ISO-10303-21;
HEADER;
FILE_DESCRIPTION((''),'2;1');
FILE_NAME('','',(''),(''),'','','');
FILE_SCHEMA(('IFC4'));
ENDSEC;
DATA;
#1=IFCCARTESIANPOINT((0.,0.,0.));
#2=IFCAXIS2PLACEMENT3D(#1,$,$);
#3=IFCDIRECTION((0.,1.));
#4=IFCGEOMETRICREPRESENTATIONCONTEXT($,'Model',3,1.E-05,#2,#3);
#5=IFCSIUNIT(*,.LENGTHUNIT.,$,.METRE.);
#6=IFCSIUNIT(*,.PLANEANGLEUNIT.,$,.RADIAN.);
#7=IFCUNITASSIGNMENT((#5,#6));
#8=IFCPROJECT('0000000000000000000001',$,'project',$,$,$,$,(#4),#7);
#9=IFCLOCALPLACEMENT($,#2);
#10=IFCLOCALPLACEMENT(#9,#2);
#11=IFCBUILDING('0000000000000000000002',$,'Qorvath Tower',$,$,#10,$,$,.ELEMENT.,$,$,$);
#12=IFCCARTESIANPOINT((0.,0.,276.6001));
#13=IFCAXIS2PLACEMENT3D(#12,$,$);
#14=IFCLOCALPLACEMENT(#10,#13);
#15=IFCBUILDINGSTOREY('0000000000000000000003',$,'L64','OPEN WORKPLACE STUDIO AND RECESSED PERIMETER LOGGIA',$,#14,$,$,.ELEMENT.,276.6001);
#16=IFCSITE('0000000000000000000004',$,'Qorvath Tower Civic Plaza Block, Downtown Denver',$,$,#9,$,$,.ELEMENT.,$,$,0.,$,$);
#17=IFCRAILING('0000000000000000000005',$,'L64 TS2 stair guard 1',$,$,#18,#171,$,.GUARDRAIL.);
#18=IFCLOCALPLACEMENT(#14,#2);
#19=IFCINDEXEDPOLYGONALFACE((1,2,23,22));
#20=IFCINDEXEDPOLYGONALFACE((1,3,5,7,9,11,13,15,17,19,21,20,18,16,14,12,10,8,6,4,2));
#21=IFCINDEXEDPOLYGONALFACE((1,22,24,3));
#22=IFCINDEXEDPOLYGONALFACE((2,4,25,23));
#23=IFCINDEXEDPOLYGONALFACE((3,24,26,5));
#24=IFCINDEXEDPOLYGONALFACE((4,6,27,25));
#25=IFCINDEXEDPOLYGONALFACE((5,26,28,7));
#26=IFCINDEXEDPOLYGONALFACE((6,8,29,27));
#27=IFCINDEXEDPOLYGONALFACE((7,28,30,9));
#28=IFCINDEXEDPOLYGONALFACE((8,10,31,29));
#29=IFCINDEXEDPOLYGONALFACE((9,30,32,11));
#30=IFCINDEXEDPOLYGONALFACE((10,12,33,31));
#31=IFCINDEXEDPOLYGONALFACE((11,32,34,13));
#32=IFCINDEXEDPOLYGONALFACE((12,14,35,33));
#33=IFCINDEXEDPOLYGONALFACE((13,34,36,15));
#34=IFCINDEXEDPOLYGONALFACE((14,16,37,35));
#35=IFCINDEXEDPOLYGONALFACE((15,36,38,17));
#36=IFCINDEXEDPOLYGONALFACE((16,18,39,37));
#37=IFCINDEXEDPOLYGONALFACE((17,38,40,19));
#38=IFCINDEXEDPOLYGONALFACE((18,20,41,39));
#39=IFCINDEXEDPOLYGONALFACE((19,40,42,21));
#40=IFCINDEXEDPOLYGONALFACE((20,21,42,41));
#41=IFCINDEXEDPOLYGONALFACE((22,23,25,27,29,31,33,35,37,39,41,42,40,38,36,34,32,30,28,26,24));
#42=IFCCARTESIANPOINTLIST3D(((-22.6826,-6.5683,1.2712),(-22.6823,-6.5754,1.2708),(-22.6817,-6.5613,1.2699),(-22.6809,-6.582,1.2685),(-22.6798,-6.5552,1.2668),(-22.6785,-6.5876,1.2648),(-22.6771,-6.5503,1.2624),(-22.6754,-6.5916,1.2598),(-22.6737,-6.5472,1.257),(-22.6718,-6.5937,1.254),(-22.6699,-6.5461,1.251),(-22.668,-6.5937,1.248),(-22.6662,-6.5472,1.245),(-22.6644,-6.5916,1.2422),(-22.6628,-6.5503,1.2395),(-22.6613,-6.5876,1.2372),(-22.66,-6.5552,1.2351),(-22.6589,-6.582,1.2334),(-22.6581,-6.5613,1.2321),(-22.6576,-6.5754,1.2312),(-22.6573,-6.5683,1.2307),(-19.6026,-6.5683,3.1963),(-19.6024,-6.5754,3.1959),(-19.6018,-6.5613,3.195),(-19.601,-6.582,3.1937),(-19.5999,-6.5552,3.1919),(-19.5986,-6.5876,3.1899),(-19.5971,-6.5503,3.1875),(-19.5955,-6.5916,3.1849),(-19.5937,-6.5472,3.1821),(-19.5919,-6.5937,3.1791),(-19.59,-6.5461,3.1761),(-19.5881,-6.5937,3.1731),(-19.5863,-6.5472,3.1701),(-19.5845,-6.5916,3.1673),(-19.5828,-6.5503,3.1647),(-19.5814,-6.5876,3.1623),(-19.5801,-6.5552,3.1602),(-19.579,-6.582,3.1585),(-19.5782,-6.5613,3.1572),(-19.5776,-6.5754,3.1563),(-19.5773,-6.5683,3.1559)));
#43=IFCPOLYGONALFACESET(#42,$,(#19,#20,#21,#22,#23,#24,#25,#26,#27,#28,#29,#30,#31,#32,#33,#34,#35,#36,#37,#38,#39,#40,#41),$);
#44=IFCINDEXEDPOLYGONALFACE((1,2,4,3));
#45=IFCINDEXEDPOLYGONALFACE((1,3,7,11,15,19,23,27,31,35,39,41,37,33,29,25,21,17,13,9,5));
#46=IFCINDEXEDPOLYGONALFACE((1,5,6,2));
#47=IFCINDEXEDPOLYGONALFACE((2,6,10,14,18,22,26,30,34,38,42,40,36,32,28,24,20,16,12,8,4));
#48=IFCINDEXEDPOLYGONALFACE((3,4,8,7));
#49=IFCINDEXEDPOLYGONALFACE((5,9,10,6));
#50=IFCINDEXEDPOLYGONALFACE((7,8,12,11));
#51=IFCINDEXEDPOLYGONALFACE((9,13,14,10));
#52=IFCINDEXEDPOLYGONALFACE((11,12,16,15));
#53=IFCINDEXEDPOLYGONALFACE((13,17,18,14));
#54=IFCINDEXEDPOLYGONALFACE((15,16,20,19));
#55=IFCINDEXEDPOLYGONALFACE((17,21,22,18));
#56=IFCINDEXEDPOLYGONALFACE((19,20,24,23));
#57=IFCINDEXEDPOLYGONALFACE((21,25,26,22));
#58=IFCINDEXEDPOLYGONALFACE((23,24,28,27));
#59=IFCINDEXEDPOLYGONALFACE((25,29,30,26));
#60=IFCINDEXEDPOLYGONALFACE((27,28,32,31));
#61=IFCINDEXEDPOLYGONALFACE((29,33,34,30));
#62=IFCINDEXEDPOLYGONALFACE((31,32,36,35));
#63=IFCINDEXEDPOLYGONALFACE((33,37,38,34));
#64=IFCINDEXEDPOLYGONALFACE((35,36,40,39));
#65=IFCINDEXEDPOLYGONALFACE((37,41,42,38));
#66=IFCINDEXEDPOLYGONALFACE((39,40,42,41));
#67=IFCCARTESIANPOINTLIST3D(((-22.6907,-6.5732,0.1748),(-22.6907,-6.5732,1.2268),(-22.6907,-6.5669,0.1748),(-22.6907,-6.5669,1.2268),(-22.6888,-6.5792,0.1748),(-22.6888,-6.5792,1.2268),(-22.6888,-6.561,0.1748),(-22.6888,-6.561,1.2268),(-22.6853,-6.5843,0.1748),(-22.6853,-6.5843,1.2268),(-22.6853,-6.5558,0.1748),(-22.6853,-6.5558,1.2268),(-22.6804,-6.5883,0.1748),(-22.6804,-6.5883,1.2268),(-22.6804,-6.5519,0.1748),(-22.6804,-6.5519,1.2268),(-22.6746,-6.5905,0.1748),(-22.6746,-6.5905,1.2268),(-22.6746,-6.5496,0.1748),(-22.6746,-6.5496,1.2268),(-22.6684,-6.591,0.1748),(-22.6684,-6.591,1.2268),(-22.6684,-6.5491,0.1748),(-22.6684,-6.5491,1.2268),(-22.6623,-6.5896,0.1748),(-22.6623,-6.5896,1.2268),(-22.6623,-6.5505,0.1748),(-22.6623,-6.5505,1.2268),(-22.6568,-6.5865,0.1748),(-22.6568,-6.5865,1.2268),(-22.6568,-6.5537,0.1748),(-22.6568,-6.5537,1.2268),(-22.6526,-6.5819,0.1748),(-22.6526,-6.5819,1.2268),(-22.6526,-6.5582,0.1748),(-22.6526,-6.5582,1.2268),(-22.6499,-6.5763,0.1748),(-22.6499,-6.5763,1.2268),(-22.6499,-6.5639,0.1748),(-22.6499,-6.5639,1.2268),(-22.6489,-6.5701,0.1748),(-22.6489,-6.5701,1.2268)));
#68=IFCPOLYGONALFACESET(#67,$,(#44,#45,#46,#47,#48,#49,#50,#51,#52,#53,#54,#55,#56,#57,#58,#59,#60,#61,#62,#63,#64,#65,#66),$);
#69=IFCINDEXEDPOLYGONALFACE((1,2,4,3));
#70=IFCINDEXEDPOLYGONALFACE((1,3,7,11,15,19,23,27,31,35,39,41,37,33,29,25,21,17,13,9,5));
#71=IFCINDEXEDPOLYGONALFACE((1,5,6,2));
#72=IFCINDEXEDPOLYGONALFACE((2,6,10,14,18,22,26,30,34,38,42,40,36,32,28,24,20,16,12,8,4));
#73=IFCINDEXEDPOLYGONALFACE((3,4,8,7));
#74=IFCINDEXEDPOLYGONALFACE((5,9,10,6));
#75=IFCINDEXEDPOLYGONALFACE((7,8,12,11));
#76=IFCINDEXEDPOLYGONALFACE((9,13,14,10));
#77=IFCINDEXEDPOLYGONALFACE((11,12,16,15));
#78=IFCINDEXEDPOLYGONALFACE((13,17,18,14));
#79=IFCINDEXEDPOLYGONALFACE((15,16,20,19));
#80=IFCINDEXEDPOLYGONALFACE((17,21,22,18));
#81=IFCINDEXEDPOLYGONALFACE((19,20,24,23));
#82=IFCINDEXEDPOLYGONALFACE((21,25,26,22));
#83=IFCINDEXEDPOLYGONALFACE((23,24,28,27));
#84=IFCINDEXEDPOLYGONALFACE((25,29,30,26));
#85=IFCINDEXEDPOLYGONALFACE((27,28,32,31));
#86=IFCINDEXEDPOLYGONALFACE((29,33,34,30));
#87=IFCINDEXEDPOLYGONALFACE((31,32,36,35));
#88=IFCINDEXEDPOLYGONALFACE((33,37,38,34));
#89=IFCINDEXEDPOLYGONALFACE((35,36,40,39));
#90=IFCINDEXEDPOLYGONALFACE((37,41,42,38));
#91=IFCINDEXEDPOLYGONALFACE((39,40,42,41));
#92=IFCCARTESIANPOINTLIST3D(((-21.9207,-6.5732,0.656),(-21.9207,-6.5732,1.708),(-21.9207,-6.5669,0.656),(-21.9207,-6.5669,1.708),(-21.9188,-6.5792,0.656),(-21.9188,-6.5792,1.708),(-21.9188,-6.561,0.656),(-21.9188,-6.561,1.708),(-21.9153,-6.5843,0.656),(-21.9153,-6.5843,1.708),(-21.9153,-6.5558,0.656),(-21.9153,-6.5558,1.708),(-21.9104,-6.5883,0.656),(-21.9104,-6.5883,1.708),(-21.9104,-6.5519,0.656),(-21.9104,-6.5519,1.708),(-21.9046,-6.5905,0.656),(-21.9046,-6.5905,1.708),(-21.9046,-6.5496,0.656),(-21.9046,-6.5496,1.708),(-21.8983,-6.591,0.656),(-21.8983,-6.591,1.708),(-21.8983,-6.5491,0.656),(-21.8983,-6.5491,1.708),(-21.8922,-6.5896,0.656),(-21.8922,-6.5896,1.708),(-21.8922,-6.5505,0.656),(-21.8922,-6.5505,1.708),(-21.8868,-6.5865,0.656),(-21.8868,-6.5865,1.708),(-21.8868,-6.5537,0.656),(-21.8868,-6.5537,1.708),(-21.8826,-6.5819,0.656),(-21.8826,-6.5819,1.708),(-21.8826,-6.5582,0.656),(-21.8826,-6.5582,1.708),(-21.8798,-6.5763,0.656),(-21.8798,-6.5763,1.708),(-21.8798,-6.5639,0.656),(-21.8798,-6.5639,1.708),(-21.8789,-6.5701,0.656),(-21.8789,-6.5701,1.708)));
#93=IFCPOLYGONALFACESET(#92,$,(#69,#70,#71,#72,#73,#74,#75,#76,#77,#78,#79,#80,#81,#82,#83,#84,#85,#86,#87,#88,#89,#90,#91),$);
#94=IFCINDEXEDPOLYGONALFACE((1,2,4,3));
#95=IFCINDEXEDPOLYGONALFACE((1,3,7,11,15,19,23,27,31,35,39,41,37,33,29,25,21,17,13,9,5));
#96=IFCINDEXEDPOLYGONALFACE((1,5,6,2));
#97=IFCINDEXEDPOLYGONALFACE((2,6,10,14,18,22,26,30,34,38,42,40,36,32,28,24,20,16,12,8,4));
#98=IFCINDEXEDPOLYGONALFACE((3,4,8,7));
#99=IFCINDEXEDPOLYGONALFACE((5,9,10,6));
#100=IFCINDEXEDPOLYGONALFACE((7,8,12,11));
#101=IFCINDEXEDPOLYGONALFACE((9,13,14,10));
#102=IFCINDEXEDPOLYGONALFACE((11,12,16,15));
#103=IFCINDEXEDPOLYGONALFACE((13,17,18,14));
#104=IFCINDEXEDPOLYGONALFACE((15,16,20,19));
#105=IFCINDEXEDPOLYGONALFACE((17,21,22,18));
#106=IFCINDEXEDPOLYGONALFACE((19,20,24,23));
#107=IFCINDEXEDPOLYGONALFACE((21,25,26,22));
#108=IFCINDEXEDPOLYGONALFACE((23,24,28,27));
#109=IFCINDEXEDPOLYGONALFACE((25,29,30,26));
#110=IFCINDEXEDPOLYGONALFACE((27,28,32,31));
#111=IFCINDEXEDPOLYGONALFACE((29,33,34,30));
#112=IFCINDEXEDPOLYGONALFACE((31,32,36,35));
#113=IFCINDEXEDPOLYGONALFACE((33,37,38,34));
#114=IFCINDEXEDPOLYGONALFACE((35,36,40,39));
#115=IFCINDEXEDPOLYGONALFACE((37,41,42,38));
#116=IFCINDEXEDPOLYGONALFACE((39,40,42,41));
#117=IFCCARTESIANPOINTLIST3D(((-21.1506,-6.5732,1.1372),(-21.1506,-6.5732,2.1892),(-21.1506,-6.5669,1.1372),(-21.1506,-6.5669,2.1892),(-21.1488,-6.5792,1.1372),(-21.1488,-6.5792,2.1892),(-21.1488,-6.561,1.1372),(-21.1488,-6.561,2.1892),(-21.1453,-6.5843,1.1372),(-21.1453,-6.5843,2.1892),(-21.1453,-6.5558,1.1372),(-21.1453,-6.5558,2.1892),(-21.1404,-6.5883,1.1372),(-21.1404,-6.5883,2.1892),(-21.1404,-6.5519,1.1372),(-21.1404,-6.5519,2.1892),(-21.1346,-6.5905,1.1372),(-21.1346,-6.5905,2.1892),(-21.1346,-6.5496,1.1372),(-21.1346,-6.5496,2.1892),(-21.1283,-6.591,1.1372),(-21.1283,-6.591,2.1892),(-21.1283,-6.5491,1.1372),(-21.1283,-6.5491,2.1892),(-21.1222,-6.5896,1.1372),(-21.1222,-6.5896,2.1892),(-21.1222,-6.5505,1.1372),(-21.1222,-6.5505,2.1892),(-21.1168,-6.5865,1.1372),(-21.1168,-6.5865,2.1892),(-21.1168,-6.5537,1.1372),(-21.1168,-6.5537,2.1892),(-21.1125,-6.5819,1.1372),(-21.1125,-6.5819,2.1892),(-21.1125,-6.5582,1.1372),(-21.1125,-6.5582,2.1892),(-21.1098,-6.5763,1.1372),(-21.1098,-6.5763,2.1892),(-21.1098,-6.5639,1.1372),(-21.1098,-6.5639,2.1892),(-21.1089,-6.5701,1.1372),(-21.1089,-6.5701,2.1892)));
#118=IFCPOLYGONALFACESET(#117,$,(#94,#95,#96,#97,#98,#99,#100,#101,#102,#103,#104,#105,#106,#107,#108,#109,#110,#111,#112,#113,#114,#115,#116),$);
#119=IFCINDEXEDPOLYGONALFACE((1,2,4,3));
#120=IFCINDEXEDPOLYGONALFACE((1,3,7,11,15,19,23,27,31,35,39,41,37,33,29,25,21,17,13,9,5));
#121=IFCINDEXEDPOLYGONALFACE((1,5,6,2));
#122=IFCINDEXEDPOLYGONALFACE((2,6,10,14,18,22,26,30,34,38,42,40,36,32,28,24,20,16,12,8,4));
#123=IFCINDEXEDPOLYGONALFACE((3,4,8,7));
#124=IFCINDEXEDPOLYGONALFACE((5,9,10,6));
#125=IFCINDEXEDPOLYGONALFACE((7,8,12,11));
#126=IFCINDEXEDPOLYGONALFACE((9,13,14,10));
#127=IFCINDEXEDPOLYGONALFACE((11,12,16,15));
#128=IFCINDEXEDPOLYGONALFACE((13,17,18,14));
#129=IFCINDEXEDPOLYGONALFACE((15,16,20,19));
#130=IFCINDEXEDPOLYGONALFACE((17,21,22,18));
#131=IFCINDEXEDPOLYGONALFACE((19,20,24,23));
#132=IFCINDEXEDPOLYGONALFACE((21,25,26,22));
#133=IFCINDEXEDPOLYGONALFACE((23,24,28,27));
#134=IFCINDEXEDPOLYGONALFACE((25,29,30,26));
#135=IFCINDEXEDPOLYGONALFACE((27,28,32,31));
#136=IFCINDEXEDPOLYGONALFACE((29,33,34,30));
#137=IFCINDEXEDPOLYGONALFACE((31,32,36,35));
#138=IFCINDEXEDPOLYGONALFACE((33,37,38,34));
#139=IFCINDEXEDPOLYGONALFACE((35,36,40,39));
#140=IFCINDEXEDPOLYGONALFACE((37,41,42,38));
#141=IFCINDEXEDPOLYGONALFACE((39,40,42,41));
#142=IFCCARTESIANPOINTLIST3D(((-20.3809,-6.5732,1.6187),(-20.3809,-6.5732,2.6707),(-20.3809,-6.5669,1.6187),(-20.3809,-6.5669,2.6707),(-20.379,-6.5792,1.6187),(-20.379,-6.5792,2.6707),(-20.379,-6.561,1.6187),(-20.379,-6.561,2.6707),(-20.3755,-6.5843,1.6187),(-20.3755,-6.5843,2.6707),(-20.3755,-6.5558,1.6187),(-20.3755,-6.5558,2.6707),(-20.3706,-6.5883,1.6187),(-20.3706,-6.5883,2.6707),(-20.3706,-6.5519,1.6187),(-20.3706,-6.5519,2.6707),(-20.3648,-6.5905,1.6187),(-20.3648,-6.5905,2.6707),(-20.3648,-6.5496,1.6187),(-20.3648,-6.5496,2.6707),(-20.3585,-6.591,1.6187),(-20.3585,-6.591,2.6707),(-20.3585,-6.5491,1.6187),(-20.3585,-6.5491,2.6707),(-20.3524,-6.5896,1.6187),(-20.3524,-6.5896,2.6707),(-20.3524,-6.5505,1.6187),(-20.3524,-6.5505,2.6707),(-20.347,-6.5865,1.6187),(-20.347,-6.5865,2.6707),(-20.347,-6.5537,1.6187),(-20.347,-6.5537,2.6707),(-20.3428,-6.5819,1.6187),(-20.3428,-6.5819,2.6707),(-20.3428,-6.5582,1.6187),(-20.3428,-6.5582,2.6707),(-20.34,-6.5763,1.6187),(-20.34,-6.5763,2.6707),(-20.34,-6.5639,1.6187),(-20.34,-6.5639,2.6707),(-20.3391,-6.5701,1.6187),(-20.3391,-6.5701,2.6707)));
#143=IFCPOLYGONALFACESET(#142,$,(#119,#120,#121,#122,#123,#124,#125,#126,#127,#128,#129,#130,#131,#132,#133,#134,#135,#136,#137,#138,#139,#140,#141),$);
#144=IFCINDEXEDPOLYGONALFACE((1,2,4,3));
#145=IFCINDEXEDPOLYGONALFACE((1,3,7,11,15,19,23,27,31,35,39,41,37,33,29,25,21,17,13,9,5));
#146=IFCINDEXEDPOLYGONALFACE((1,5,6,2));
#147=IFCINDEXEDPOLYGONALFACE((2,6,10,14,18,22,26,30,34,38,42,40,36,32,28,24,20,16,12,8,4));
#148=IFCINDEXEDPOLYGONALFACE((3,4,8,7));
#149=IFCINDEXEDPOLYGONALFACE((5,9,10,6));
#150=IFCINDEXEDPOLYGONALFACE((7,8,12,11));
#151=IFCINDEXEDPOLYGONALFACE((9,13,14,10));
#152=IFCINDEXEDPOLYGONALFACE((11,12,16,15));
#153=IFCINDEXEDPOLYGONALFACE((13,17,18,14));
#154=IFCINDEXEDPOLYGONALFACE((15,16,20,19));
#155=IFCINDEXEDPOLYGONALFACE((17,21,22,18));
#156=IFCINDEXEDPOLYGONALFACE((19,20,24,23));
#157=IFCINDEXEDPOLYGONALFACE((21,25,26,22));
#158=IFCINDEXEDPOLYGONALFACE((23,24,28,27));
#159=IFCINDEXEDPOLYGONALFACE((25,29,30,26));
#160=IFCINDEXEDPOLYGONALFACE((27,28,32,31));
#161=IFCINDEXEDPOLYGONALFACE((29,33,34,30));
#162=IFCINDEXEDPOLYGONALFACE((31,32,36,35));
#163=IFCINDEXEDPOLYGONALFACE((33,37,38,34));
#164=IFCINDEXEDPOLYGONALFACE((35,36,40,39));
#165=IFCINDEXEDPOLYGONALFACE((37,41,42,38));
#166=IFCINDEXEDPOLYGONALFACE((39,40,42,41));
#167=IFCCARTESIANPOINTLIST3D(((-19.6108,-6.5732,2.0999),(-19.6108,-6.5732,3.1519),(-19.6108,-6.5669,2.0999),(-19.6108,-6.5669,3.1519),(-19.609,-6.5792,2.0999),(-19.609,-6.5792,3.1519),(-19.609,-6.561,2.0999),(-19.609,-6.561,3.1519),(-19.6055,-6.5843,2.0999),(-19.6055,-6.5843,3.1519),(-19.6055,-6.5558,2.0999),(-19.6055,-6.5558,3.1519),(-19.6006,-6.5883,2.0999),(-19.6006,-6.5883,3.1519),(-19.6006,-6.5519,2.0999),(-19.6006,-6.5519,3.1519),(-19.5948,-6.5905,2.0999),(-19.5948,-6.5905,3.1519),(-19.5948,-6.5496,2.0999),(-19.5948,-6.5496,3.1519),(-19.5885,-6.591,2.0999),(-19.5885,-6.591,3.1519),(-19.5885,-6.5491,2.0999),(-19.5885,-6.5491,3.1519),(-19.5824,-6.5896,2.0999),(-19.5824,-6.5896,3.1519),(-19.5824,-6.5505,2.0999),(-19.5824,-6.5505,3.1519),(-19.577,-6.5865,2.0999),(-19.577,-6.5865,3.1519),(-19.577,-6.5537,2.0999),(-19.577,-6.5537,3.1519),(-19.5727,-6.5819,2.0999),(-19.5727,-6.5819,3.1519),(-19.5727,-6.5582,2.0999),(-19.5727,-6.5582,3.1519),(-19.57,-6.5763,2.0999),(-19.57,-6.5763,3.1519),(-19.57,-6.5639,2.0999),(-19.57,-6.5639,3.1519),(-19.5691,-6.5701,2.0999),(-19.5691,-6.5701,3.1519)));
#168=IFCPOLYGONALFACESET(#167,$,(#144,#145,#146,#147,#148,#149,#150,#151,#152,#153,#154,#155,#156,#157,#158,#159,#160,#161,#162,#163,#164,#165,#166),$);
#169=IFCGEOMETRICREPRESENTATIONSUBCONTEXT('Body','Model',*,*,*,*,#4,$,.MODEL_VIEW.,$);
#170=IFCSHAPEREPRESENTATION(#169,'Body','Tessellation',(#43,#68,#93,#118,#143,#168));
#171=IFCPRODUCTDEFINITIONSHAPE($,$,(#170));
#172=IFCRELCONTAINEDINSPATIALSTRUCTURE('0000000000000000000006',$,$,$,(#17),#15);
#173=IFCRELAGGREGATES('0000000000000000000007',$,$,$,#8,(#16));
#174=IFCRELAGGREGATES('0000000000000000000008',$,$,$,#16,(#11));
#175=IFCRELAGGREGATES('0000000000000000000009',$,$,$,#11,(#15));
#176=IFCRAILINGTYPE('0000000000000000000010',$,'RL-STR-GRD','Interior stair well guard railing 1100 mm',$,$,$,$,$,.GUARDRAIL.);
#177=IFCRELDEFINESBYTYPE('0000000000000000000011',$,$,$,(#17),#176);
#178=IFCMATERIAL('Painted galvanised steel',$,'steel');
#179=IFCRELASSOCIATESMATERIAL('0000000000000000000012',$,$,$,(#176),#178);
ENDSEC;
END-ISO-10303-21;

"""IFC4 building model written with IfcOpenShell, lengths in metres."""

from ifc_helpers import new_model, si_unit, direction, frame, origin, origin_2d, place, context, subcontext, project, spatial, circle, extrude, material, type_object, element, save


model = new_model("IFC4")

# Units and contexts
model_context = context("Model", 3, precision=1e-05, world=origin(), true_north=direction((0.0, 1.0)))
body_context = subcontext(model_context, "Body", "Model", "MODEL_VIEW")
ifc_project = project(units=[si_unit("LENGTHUNIT", "METRE"), si_unit("PLANEANGLEUNIT", "RADIAN")], contexts=[model_context])

# Site, building, storey
site_placement = place(None, origin())
site = spatial("IfcSite", under=ifc_project, at=site_placement, Name="Qorvath Tower Civic Plaza Block, Downtown Denver", CompositionType="ELEMENT", RefElevation=0.0)
building_placement = place(site_placement, origin())
building = spatial("IfcBuilding", under=site, at=building_placement, Name="Qorvath Tower", CompositionType="ELEMENT")
storey_placement = place(building_placement, frame((0.0, 0.0, 276.6001)))
storey = spatial("IfcBuildingStorey", under=building, at=storey_placement, Name="L64", Description="OPEN WORKPLACE STUDIO AND RECESSED PERIMETER LOGGIA", CompositionType="ELEMENT", Elevation=276.6001)

# Railing
ifc_material_1 = material(Name="Painted galvanised steel", Category="steel")
railing_type = type_object("IfcRailingType", Name="RL-STR-GRD", Description="Interior stair well guard railing 1100 mm", PredefinedType="GUARDRAIL", material=ifc_material_1)
railing_1_placement = place(storey_placement, frame((-22.6699, -6.5701, 0.1748)))
element("IfcRailing", 1, at=railing_1_placement, inside=storey, type_object=railing_type, Name="L64 TS2 stair guard 1", PredefinedType="GUARDRAIL", context=body_context, shape_type="SweptSolid", body=[
    extrude(circle(Radius=0.0239, at=origin_2d()), frame((0.0, 0.0, 1.0762), z_axis=(0.847979, 0.0, 0.530029), x_axis=(0.0, 1.0, 0.0)), (0.0, 0.0, 1.0), 3.6321),
    extrude(circle(Radius=0.021, at=origin_2d()), origin(), (0.0, 0.0, 1.0), 1.052),
    extrude(circle(Radius=0.021, at=origin_2d()), frame((0.77, 0.0, 0.4812)), (0.0, 0.0, 1.0), 1.052),
    extrude(circle(Radius=0.021, at=origin_2d()), frame((1.54, 0.0, 0.9624)), (0.0, 0.0, 1.0), 1.052),
    extrude(circle(Radius=0.021, at=origin_2d()), frame((2.3098, 0.0, 1.4438)), (0.0, 0.0, 1.0), 1.052),
    extrude(circle(Radius=0.021, at=origin_2d()), frame((3.0798, 0.0, 1.925)), (0.0, 0.0, 1.0), 1.052),
])

save(model, "model.ifc")
